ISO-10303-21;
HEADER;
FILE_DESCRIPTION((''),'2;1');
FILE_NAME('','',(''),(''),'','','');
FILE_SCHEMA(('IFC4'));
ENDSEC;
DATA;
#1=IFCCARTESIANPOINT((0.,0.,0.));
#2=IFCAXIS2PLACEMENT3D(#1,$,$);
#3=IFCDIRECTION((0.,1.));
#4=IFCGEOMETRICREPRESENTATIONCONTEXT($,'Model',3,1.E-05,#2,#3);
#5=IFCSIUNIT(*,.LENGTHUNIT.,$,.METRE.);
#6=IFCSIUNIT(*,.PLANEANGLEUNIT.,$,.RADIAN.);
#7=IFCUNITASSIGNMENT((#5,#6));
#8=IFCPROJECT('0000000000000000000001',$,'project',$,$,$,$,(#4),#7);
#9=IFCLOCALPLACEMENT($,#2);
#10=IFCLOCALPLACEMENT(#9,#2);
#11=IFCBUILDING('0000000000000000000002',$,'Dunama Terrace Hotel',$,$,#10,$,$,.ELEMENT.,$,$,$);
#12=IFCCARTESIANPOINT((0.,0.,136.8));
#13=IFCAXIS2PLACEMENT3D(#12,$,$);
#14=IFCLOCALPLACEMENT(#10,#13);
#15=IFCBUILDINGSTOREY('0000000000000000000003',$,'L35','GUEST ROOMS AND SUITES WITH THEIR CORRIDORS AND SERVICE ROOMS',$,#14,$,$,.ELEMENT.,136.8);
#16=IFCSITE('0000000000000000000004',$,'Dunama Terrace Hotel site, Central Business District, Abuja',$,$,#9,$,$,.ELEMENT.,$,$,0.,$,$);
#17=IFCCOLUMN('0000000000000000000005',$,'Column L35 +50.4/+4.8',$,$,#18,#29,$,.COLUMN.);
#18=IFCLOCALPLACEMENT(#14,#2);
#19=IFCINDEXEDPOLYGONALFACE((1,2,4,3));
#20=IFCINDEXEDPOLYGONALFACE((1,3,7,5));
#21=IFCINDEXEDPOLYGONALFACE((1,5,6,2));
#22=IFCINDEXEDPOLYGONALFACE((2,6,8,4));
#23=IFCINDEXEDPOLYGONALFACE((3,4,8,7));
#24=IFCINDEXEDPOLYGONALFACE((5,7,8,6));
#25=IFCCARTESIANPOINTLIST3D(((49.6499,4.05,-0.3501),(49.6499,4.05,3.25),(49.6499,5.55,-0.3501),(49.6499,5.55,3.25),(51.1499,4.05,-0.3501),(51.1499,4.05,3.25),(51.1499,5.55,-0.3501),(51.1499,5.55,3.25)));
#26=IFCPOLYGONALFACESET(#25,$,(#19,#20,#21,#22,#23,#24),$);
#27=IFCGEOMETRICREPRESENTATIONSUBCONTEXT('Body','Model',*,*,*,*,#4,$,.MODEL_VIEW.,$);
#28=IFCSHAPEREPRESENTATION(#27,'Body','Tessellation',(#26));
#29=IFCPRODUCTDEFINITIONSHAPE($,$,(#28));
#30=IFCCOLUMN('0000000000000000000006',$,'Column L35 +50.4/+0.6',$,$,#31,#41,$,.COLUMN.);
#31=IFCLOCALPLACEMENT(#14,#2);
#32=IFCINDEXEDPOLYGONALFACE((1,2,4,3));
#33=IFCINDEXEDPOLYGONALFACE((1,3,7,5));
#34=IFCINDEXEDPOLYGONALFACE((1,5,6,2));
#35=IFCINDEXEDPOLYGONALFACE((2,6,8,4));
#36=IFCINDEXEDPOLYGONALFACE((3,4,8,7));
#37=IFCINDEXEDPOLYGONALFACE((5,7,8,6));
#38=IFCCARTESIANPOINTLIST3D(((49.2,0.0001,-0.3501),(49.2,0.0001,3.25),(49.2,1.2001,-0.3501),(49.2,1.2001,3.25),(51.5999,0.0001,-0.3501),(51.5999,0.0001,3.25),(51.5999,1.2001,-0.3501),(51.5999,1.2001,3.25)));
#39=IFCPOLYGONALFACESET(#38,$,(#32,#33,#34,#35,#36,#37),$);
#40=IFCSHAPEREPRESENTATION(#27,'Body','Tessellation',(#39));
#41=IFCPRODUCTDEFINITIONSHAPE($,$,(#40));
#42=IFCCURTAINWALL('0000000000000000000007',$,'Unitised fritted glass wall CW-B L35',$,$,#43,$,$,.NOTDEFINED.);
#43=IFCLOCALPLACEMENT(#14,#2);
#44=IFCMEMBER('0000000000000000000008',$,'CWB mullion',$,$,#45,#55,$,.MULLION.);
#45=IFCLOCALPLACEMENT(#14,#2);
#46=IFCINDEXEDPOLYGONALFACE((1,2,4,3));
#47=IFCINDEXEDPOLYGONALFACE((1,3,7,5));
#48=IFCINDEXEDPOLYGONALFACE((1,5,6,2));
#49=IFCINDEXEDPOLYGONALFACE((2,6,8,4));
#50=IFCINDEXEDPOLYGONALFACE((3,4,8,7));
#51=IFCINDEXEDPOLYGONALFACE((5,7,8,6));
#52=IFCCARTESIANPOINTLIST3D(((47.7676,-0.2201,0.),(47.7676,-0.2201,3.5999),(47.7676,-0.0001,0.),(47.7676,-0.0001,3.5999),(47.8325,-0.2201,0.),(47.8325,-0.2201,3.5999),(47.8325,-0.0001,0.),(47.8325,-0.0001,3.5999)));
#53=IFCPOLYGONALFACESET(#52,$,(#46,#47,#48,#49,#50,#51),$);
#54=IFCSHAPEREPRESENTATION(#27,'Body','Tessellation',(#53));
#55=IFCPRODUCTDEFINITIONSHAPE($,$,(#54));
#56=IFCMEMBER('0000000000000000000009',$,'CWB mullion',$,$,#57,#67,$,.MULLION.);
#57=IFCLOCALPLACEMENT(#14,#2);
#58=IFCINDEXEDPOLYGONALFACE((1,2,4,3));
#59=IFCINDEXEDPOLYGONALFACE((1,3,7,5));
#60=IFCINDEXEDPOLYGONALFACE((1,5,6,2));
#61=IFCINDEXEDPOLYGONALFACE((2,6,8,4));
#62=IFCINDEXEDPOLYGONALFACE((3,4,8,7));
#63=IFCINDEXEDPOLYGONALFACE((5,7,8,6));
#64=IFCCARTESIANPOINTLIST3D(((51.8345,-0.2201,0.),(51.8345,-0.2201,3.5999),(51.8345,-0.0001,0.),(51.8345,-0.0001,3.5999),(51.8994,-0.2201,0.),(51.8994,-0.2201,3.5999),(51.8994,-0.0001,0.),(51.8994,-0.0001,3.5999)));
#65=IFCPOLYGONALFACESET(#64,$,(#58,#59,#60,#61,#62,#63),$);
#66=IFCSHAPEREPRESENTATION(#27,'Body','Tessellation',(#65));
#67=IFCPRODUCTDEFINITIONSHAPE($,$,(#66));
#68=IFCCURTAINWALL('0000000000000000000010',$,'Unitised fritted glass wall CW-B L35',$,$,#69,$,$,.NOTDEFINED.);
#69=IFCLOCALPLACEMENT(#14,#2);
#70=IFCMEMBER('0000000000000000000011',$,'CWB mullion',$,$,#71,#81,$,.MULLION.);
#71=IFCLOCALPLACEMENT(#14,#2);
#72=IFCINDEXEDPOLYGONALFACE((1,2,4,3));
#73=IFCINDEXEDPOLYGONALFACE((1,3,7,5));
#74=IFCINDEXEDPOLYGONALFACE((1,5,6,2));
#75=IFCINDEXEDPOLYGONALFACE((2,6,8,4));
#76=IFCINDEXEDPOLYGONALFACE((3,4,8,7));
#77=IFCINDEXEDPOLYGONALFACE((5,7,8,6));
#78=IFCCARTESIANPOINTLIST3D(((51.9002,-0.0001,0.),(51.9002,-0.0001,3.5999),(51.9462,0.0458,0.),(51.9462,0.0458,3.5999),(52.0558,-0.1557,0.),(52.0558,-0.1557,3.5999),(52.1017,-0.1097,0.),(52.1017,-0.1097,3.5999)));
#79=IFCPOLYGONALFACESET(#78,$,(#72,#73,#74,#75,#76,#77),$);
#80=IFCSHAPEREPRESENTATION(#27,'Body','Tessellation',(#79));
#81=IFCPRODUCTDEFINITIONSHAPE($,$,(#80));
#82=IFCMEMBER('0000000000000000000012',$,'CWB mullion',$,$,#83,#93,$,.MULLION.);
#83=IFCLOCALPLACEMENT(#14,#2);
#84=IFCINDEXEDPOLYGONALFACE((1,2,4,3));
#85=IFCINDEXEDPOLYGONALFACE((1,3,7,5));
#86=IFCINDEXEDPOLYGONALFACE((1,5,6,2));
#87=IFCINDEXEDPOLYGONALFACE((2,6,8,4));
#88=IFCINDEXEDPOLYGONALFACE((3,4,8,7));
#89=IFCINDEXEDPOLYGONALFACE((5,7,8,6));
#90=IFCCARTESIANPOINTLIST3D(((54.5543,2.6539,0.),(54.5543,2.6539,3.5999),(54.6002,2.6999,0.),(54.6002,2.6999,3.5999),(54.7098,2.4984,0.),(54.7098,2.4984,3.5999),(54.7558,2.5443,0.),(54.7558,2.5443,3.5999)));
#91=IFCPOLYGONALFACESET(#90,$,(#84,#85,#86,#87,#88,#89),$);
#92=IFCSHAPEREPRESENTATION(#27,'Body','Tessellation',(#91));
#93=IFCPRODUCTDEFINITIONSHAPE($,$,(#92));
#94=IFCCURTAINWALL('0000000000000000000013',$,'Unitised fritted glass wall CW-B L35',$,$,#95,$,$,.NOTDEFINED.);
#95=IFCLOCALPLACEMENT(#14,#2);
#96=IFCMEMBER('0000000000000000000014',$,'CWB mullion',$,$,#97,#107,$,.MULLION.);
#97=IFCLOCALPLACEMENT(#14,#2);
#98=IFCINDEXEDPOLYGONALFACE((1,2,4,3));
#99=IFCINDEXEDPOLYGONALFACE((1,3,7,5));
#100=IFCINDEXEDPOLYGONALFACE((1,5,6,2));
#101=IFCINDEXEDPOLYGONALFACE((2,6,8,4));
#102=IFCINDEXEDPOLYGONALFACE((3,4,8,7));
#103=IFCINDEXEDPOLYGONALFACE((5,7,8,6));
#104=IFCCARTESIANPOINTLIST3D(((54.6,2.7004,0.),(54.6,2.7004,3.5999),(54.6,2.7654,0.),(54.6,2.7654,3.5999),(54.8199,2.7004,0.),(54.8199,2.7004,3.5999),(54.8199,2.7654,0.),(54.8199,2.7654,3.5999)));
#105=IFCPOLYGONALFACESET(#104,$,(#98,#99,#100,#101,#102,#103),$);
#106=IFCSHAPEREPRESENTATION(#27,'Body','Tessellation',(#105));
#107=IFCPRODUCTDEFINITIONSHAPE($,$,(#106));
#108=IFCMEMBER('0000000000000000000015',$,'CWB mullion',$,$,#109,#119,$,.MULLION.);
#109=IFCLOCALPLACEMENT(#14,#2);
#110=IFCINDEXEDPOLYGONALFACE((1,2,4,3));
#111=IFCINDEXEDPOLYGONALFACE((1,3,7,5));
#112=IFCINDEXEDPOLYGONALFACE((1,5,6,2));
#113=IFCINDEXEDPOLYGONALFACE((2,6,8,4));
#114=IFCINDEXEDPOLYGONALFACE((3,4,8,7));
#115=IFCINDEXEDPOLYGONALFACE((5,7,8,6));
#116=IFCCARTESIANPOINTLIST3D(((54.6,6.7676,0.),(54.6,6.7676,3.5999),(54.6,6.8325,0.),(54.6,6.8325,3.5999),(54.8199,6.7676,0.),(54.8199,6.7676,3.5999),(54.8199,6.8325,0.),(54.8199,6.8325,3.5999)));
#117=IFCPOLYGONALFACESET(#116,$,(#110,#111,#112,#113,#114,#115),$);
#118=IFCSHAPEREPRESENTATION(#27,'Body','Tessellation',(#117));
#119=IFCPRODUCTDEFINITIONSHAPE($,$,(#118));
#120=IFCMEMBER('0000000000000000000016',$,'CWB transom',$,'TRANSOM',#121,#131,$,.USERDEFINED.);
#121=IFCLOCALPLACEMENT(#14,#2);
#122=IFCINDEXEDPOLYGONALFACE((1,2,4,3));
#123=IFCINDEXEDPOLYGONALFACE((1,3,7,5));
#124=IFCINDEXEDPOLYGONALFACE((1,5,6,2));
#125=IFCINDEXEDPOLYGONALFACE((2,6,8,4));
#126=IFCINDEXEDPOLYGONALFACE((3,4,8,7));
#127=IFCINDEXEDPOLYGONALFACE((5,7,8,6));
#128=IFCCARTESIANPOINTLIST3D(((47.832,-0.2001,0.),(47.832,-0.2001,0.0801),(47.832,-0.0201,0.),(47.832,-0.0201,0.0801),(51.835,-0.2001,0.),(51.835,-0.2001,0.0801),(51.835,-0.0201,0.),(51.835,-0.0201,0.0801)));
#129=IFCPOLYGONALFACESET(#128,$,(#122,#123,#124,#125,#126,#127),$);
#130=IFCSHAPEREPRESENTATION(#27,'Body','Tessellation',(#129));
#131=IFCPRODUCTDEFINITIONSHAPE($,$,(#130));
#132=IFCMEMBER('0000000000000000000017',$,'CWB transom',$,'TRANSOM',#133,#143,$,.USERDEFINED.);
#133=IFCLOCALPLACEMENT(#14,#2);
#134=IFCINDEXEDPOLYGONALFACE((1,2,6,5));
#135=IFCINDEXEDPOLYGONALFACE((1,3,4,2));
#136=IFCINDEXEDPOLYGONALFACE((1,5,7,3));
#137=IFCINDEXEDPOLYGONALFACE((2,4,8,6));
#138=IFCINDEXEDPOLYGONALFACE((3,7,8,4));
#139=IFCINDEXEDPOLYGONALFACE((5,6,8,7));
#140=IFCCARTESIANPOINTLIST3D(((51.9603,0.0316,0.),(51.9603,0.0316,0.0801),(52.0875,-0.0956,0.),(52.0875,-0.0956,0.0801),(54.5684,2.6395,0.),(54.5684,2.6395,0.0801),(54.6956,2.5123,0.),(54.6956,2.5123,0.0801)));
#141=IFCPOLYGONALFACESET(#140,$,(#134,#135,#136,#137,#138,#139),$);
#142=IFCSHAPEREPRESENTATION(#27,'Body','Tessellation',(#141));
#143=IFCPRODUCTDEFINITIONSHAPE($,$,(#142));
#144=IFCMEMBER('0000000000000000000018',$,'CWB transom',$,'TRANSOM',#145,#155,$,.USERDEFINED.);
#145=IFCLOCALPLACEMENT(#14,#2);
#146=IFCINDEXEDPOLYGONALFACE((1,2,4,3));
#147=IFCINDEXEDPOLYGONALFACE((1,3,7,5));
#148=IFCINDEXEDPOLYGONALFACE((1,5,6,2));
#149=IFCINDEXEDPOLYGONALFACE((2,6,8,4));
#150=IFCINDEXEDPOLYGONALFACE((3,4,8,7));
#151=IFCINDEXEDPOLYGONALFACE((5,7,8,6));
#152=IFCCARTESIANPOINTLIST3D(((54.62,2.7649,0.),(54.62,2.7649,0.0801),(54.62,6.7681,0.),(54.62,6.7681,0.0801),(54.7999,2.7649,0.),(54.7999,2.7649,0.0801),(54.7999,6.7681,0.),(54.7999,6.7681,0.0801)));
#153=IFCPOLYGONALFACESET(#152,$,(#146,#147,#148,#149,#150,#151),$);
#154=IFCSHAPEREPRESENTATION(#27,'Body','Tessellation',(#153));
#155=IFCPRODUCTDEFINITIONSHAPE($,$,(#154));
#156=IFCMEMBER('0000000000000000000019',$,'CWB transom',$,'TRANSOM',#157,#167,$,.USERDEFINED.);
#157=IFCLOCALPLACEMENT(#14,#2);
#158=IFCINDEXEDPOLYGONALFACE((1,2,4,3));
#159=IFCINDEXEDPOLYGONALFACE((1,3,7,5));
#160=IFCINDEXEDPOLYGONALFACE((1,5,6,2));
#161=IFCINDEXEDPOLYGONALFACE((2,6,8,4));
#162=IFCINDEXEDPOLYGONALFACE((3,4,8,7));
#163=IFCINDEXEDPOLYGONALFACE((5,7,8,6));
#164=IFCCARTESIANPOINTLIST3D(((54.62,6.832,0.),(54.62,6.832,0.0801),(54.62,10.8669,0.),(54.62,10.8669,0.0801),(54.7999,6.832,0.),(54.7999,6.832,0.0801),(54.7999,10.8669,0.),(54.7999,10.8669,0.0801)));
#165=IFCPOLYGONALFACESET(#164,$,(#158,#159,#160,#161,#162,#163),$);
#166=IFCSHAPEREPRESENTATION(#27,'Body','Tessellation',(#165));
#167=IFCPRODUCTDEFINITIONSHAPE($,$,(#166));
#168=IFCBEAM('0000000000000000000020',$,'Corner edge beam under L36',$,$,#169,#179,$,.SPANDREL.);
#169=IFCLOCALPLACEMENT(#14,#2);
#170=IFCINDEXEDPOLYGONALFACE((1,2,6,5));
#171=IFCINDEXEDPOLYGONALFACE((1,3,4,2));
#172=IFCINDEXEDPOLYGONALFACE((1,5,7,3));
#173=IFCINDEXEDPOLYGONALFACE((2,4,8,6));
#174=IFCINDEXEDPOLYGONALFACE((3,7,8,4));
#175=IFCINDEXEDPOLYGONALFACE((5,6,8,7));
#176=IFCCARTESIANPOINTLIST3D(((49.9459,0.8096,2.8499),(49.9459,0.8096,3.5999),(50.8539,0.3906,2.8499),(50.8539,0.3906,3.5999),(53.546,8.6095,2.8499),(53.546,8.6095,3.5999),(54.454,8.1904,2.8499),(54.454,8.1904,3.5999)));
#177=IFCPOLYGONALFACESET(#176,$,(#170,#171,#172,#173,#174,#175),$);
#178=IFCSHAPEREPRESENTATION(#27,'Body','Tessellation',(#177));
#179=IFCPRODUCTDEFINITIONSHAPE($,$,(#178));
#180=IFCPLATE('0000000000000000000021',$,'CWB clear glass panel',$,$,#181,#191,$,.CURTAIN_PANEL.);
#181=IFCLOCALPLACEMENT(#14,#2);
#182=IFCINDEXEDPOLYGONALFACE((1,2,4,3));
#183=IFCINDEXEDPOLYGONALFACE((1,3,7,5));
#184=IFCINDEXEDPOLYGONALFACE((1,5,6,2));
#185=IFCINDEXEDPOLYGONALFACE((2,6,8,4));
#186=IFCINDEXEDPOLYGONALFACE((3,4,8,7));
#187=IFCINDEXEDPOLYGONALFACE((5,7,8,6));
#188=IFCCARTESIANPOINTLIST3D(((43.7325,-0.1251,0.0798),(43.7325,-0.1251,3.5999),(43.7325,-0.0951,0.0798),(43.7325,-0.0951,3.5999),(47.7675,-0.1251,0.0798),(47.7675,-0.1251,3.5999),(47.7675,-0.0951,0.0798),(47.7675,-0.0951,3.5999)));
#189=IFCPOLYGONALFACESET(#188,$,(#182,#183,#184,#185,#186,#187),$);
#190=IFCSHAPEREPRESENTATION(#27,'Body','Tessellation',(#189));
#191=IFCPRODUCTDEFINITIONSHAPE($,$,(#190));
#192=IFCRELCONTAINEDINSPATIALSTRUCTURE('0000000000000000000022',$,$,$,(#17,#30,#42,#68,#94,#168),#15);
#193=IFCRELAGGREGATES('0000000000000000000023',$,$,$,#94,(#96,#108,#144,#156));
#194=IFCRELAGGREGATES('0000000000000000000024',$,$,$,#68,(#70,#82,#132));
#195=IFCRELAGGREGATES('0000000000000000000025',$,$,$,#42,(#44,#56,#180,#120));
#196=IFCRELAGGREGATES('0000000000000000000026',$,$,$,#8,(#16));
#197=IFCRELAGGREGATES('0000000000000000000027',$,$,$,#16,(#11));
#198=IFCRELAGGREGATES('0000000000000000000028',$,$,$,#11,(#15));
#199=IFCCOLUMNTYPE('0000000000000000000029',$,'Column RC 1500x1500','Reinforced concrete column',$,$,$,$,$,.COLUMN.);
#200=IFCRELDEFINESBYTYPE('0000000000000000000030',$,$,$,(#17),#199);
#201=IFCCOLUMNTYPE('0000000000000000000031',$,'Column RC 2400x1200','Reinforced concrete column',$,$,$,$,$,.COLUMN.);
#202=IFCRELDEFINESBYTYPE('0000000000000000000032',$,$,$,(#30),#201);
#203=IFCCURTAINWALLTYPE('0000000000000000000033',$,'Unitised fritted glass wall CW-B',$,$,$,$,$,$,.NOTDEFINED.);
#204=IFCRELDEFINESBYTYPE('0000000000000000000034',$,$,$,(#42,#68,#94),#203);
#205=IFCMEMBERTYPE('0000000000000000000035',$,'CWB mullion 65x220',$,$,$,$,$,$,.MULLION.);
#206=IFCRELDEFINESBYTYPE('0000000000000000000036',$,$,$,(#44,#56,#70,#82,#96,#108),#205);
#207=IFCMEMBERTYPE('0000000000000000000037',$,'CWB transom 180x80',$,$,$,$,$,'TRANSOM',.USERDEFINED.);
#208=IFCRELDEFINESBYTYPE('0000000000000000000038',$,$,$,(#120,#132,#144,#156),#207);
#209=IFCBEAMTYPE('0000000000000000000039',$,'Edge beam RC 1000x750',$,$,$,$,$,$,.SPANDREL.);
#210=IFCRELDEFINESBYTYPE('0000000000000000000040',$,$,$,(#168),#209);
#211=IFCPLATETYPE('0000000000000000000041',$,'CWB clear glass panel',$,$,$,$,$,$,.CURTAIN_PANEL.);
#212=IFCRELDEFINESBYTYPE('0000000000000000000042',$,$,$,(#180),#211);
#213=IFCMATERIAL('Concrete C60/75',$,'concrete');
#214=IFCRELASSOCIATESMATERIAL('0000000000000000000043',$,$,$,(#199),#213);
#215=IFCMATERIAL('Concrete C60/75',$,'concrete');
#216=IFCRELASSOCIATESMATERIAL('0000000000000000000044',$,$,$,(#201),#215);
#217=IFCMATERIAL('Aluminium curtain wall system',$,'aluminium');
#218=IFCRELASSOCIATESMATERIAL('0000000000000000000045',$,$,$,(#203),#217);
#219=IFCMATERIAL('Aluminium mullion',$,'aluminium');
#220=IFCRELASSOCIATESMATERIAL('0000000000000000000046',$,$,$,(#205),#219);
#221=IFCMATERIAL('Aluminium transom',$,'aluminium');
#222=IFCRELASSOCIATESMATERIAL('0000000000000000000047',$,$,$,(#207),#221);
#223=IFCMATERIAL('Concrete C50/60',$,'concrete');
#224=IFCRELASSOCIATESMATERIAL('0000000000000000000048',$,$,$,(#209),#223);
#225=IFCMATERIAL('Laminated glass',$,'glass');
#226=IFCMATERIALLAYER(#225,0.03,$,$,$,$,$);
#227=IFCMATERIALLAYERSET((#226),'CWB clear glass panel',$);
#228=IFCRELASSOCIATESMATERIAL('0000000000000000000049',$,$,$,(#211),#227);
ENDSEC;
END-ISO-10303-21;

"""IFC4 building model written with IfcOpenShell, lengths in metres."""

from ifc_helpers import new_model, si_unit, direction, frame, origin, origin_2d, place, context, subcontext, project, spatial, rectangle, extrude, material, layer, layer_set, material_profile, profile_set, type_object, element, aggregate, save


model = new_model("IFC4")

# Units and contexts
model_context = context("Model", 3, precision=1e-05, world=origin(), true_north=direction((0.0, 1.0)))
body_context = subcontext(model_context, "Body", "Model", "MODEL_VIEW")
ifc_project = project(units=[si_unit("LENGTHUNIT", "METRE"), si_unit("PLANEANGLEUNIT", "RADIAN")], contexts=[model_context])

# Site, building, storey
site_placement = place(None, origin())
site = spatial("IfcSite", under=ifc_project, at=site_placement, Name="Dunama Terrace Hotel site, Central Business District, Abuja", CompositionType="ELEMENT", RefElevation=0.0)
building_placement = place(site_placement, origin())
building = spatial("IfcBuilding", under=site, at=building_placement, Name="Dunama Terrace Hotel", CompositionType="ELEMENT")
storey_placement = place(building_placement, frame((0.0, 0.0, 136.8)))
storey = spatial("IfcBuildingStorey", under=building, at=storey_placement, Name="L35", Description="GUEST ROOMS AND SUITES WITH THEIR CORRIDORS AND SERVICE ROOMS", CompositionType="ELEMENT", Elevation=136.8)

# Columns
ifc_material_1 = material(Name="Concrete C60/75", Category="concrete")
ifc_material_profile_1 = material_profile(ifc_material_1, rectangle(XDim=1.5, YDim=1.5, at=origin_2d()), Name="RC 1500x1500")
ifc_profile_set_1 = profile_set([ifc_material_profile_1], Name="Concrete C60/75")
column_type_1 = type_object("IfcColumnType", Name="Column RC 1500x1500", Description="Reinforced concrete column", PredefinedType="COLUMN", material=ifc_profile_set_1)
column_1_placement = place(storey_placement, frame((50.3999, 4.8, -0.3501), z_axis=(0.0, 0.0, 1.0), x_axis=(1.0, 0.0, 0.0)))
element("IfcColumn", 1, at=column_1_placement, inside=storey, type_object=column_type_1, Name="Column L35 +50.4/+4.8", PredefinedType="COLUMN", context=body_context, shape_type="SweptSolid", body=[
    extrude(rectangle(XDim=1.5, YDim=1.5, at=origin_2d()), origin(), (0.0, 0.0, 1.0), 3.6001),
])
ifc_material_2 = material(Name="Concrete C60/75", Category="concrete")
ifc_material_profile_2 = material_profile(ifc_material_2, rectangle(XDim=2.3999, YDim=1.2, at=origin_2d()), Name="RC 2400x1200")
ifc_profile_set_2 = profile_set([ifc_material_profile_2], Name="Concrete C60/75")
column_type_2 = type_object("IfcColumnType", Name="Column RC 2400x1200", Description="Reinforced concrete column", PredefinedType="COLUMN", material=ifc_profile_set_2)
column_2_placement = place(storey_placement, frame((50.3999, 0.6001, -0.3501), z_axis=(0.0, 0.0, 1.0), x_axis=(1.0, 0.0, 0.0)))
element("IfcColumn", 2, at=column_2_placement, inside=storey, type_object=column_type_2, Name="Column L35 +50.4/+0.6", PredefinedType="COLUMN", context=body_context, shape_type="SweptSolid", body=[
    extrude(rectangle(XDim=2.3999, YDim=1.2, at=origin_2d()), origin(), (0.0, 0.0, 1.0), 3.6001),
])

# Curtain walls, members
ifc_material_3 = material(Name="Aluminium curtain wall system", Category="aluminium")
curtain_wall_type = type_object("IfcCurtainWallType", Name="Unitised fritted glass wall CW-B", PredefinedType="NOTDEFINED", material=ifc_material_3)
curtain_wall_1_placement = place(storey_placement, origin())
curtain_wall_1 = element("IfcCurtainWall", 3, at=curtain_wall_1_placement, inside=storey, type_object=curtain_wall_type, Name="Unitised fritted glass wall CW-B L35", PredefinedType="NOTDEFINED")
ifc_material_4 = material(Name="Aluminium mullion", Category="aluminium")
ifc_material_profile_3 = material_profile(ifc_material_4, rectangle(XDim=0.0649, YDim=0.22, at=origin_2d()), Name="CWB MULLION 65X220")
ifc_profile_set_3 = profile_set([ifc_material_profile_3], Name="Aluminium mullion")
member_type_1 = type_object("IfcMemberType", Name="CWB mullion 65x220", PredefinedType="MULLION", material=ifc_profile_set_3)
member_1_placement = place(storey_placement, frame((47.8, -0.1101, 0.0), z_axis=(0.0, 0.0, 1.0), x_axis=(1.0, 0.0, 0.0)))
member_1 = element("IfcMember", 4, at=member_1_placement, type_object=member_type_1, Name="CWB mullion", PredefinedType="MULLION", context=body_context, shape_type="SweptSolid", body=[
    extrude(rectangle(XDim=0.0649, YDim=0.22, at=origin_2d()), origin(), (0.0, 0.0, 1.0), 3.5999),
])
member_2_placement = place(storey_placement, frame((51.8669, -0.1101, 0.0), z_axis=(0.0, 0.0, 1.0), x_axis=(1.0, 0.0, 0.0)))
member_2 = element("IfcMember", 5, at=member_2_placement, type_object=member_type_1, Name="CWB mullion", PredefinedType="MULLION", context=body_context, shape_type="SweptSolid", body=[
    extrude(rectangle(XDim=0.0649, YDim=0.22, at=origin_2d()), origin(), (0.0, 0.0, 1.0), 3.5999),
])
curtain_wall_2_placement = place(storey_placement, origin())
curtain_wall_2 = element("IfcCurtainWall", 6, at=curtain_wall_2_placement, inside=storey, type_object=curtain_wall_type, Name="Unitised fritted glass wall CW-B L35", PredefinedType="NOTDEFINED")
member_3_placement = place(storey_placement, frame((52.001, -0.0549, 0.0), z_axis=(0.0, 0.0, 1.0), x_axis=(0.707107, 0.707107, 0.0)))
member_3 = element("IfcMember", 7, at=member_3_placement, type_object=member_type_1, Name="CWB mullion", PredefinedType="MULLION", context=body_context, shape_type="SweptSolid", body=[
    extrude(rectangle(XDim=0.0649, YDim=0.22, at=origin_2d()), origin(), (0.0, 0.0, 1.0), 3.5999),
])
member_4_placement = place(storey_placement, frame((54.655, 2.5991, 0.0), z_axis=(0.0, 0.0, 1.0), x_axis=(0.707107, 0.707107, 0.0)))
member_4 = element("IfcMember", 8, at=member_4_placement, type_object=member_type_1, Name="CWB mullion", PredefinedType="MULLION", context=body_context, shape_type="SweptSolid", body=[
    extrude(rectangle(XDim=0.0649, YDim=0.22, at=origin_2d()), origin(), (0.0, 0.0, 1.0), 3.5999),
])
curtain_wall_3_placement = place(storey_placement, origin())
curtain_wall_3 = element("IfcCurtainWall", 9, at=curtain_wall_3_placement, inside=storey, type_object=curtain_wall_type, Name="Unitised fritted glass wall CW-B L35", PredefinedType="NOTDEFINED")
member_5_placement = place(storey_placement, frame((54.71, 2.7329, 0.0), z_axis=(0.0, 0.0, 1.0), x_axis=(0.0, 1.0, 0.0)))
member_5 = element("IfcMember", 10, at=member_5_placement, type_object=member_type_1, Name="CWB mullion", PredefinedType="MULLION", context=body_context, shape_type="SweptSolid", body=[
    extrude(rectangle(XDim=0.0649, YDim=0.22, at=origin_2d()), origin(), (0.0, 0.0, 1.0), 3.5999),
])
member_6_placement = place(storey_placement, frame((54.71, 6.8, 0.0), z_axis=(0.0, 0.0, 1.0), x_axis=(0.0, 1.0, 0.0)))
member_6 = element("IfcMember", 11, at=member_6_placement, type_object=member_type_1, Name="CWB mullion", PredefinedType="MULLION", context=body_context, shape_type="SweptSolid", body=[
    extrude(rectangle(XDim=0.0649, YDim=0.22, at=origin_2d()), origin(), (0.0, 0.0, 1.0), 3.5999),
])

# Members
ifc_material_5 = material(Name="Aluminium transom", Category="aluminium")
ifc_material_profile_4 = material_profile(ifc_material_5, rectangle(XDim=0.1799, YDim=0.0801, at=origin_2d()), Name="CWB TRANSOM 180X80")
ifc_profile_set_4 = profile_set([ifc_material_profile_4], Name="Aluminium transom")
member_type_2 = type_object("IfcMemberType", Name="CWB transom 180x80", ElementType="TRANSOM", PredefinedType="USERDEFINED", material=ifc_profile_set_4)
member_7_placement = place(storey_placement, frame((47.832, -0.1101, 0.04), z_axis=(1.0, 0.0, 0.0), x_axis=(0.0, 1.0, 0.0)))
member_7 = element("IfcMember", 12, at=member_7_placement, type_object=member_type_2, Name="CWB transom", ObjectType="TRANSOM", PredefinedType="USERDEFINED", context=body_context, shape_type="SweptSolid", body=[
    extrude(rectangle(XDim=0.1799, YDim=0.0801, at=origin_2d()), origin(), (0.0, 0.0, 1.0), 4.0029),
])
member_8_placement = place(storey_placement, frame((52.0239, -0.032, 0.04), z_axis=(0.70714, 0.707074, 0.0), x_axis=(-0.707074, 0.70714, 0.0)))
member_8 = element("IfcMember", 13, at=member_8_placement, type_object=member_type_2, Name="CWB transom", ObjectType="TRANSOM", PredefinedType="USERDEFINED", context=body_context, shape_type="SweptSolid", body=[
    extrude(rectangle(XDim=0.1799, YDim=0.0801, at=origin_2d()), origin(), (0.0, 0.0, 1.0), 3.6882),
])
member_9_placement = place(storey_placement, frame((54.71, 2.7649, 0.04), z_axis=(0.0, 1.0, 0.0), x_axis=(-1.0, 0.0, 0.0)))
member_9 = element("IfcMember", 14, at=member_9_placement, type_object=member_type_2, Name="CWB transom", ObjectType="TRANSOM", PredefinedType="USERDEFINED", context=body_context, shape_type="SweptSolid", body=[
    extrude(rectangle(XDim=0.1799, YDim=0.0801, at=origin_2d()), origin(), (0.0, 0.0, 1.0), 4.0032),
])
member_10_placement = place(storey_placement, frame((54.71, 6.832, 0.04), z_axis=(0.0, 1.0, 0.0), x_axis=(-1.0, 0.0, 0.0)))
member_10 = element("IfcMember", 15, at=member_10_placement, type_object=member_type_2, Name="CWB transom", ObjectType="TRANSOM", PredefinedType="USERDEFINED", context=body_context, shape_type="SweptSolid", body=[
    extrude(rectangle(XDim=0.1799, YDim=0.0801, at=origin_2d()), origin(), (0.0, 0.0, 1.0), 4.0349),
])

# Beam
ifc_material_6 = material(Name="Concrete C50/60", Category="concrete")
ifc_material_profile_5 = material_profile(ifc_material_6, rectangle(XDim=1.0, YDim=0.75, at=origin_2d()), Name="RC 1000x750")
ifc_profile_set_5 = profile_set([ifc_material_profile_5], Name="Concrete C50/60")
beam_type = type_object("IfcBeamType", Name="Edge beam RC 1000x750", PredefinedType="SPANDREL", material=ifc_profile_set_5)
beam_placement = place(storey_placement, frame((50.3999, 0.6001, 3.2249), z_axis=(0.419076, 0.907951, 0.0), x_axis=(-0.907951, 0.419076, 0.0)))
element("IfcBeam", 16, at=beam_placement, inside=storey, type_object=beam_type, Name="Corner edge beam under L36", PredefinedType="SPANDREL", context=body_context, shape_type="SweptSolid", body=[
    extrude(rectangle(XDim=1.0, YDim=0.75, at=origin_2d()), origin(), (0.0, 0.0, 1.0), 8.5906),
])

# Plate
ifc_material_7 = material(Name="Laminated glass", Category="glass")
ifc_layer_1 = layer(ifc_material_7, 0.03)
ifc_layer_set_1 = layer_set([ifc_layer_1], Name="CWB clear glass panel")
plate_type_1 = type_object("IfcPlateType", Name="CWB clear glass panel", PredefinedType="CURTAIN_PANEL", material=ifc_layer_set_1)
plate_1_placement = place(storey_placement, frame((45.75, -0.1101, 0.0798), z_axis=(0.0, 0.0, 1.0), x_axis=(1.0, 0.0, 0.0)))
plate_1 = element("IfcPlate", 17, at=plate_1_placement, type_object=plate_type_1, Name="CWB clear glass panel", PredefinedType="CURTAIN_PANEL", context=body_context, shape_type="SweptSolid", body=[
    extrude(rectangle(XDim=4.0349, YDim=0.03, at=origin_2d()), origin(), (0.0, 0.0, 1.0), 3.52),
])
aggregate(curtain_wall_3, [member_5, member_6, member_9, member_10])
aggregate(curtain_wall_2, [member_3, member_4, member_8])
aggregate(curtain_wall_1, [member_1, member_2, plate_1, member_7])

save(model, "model.ifc")
